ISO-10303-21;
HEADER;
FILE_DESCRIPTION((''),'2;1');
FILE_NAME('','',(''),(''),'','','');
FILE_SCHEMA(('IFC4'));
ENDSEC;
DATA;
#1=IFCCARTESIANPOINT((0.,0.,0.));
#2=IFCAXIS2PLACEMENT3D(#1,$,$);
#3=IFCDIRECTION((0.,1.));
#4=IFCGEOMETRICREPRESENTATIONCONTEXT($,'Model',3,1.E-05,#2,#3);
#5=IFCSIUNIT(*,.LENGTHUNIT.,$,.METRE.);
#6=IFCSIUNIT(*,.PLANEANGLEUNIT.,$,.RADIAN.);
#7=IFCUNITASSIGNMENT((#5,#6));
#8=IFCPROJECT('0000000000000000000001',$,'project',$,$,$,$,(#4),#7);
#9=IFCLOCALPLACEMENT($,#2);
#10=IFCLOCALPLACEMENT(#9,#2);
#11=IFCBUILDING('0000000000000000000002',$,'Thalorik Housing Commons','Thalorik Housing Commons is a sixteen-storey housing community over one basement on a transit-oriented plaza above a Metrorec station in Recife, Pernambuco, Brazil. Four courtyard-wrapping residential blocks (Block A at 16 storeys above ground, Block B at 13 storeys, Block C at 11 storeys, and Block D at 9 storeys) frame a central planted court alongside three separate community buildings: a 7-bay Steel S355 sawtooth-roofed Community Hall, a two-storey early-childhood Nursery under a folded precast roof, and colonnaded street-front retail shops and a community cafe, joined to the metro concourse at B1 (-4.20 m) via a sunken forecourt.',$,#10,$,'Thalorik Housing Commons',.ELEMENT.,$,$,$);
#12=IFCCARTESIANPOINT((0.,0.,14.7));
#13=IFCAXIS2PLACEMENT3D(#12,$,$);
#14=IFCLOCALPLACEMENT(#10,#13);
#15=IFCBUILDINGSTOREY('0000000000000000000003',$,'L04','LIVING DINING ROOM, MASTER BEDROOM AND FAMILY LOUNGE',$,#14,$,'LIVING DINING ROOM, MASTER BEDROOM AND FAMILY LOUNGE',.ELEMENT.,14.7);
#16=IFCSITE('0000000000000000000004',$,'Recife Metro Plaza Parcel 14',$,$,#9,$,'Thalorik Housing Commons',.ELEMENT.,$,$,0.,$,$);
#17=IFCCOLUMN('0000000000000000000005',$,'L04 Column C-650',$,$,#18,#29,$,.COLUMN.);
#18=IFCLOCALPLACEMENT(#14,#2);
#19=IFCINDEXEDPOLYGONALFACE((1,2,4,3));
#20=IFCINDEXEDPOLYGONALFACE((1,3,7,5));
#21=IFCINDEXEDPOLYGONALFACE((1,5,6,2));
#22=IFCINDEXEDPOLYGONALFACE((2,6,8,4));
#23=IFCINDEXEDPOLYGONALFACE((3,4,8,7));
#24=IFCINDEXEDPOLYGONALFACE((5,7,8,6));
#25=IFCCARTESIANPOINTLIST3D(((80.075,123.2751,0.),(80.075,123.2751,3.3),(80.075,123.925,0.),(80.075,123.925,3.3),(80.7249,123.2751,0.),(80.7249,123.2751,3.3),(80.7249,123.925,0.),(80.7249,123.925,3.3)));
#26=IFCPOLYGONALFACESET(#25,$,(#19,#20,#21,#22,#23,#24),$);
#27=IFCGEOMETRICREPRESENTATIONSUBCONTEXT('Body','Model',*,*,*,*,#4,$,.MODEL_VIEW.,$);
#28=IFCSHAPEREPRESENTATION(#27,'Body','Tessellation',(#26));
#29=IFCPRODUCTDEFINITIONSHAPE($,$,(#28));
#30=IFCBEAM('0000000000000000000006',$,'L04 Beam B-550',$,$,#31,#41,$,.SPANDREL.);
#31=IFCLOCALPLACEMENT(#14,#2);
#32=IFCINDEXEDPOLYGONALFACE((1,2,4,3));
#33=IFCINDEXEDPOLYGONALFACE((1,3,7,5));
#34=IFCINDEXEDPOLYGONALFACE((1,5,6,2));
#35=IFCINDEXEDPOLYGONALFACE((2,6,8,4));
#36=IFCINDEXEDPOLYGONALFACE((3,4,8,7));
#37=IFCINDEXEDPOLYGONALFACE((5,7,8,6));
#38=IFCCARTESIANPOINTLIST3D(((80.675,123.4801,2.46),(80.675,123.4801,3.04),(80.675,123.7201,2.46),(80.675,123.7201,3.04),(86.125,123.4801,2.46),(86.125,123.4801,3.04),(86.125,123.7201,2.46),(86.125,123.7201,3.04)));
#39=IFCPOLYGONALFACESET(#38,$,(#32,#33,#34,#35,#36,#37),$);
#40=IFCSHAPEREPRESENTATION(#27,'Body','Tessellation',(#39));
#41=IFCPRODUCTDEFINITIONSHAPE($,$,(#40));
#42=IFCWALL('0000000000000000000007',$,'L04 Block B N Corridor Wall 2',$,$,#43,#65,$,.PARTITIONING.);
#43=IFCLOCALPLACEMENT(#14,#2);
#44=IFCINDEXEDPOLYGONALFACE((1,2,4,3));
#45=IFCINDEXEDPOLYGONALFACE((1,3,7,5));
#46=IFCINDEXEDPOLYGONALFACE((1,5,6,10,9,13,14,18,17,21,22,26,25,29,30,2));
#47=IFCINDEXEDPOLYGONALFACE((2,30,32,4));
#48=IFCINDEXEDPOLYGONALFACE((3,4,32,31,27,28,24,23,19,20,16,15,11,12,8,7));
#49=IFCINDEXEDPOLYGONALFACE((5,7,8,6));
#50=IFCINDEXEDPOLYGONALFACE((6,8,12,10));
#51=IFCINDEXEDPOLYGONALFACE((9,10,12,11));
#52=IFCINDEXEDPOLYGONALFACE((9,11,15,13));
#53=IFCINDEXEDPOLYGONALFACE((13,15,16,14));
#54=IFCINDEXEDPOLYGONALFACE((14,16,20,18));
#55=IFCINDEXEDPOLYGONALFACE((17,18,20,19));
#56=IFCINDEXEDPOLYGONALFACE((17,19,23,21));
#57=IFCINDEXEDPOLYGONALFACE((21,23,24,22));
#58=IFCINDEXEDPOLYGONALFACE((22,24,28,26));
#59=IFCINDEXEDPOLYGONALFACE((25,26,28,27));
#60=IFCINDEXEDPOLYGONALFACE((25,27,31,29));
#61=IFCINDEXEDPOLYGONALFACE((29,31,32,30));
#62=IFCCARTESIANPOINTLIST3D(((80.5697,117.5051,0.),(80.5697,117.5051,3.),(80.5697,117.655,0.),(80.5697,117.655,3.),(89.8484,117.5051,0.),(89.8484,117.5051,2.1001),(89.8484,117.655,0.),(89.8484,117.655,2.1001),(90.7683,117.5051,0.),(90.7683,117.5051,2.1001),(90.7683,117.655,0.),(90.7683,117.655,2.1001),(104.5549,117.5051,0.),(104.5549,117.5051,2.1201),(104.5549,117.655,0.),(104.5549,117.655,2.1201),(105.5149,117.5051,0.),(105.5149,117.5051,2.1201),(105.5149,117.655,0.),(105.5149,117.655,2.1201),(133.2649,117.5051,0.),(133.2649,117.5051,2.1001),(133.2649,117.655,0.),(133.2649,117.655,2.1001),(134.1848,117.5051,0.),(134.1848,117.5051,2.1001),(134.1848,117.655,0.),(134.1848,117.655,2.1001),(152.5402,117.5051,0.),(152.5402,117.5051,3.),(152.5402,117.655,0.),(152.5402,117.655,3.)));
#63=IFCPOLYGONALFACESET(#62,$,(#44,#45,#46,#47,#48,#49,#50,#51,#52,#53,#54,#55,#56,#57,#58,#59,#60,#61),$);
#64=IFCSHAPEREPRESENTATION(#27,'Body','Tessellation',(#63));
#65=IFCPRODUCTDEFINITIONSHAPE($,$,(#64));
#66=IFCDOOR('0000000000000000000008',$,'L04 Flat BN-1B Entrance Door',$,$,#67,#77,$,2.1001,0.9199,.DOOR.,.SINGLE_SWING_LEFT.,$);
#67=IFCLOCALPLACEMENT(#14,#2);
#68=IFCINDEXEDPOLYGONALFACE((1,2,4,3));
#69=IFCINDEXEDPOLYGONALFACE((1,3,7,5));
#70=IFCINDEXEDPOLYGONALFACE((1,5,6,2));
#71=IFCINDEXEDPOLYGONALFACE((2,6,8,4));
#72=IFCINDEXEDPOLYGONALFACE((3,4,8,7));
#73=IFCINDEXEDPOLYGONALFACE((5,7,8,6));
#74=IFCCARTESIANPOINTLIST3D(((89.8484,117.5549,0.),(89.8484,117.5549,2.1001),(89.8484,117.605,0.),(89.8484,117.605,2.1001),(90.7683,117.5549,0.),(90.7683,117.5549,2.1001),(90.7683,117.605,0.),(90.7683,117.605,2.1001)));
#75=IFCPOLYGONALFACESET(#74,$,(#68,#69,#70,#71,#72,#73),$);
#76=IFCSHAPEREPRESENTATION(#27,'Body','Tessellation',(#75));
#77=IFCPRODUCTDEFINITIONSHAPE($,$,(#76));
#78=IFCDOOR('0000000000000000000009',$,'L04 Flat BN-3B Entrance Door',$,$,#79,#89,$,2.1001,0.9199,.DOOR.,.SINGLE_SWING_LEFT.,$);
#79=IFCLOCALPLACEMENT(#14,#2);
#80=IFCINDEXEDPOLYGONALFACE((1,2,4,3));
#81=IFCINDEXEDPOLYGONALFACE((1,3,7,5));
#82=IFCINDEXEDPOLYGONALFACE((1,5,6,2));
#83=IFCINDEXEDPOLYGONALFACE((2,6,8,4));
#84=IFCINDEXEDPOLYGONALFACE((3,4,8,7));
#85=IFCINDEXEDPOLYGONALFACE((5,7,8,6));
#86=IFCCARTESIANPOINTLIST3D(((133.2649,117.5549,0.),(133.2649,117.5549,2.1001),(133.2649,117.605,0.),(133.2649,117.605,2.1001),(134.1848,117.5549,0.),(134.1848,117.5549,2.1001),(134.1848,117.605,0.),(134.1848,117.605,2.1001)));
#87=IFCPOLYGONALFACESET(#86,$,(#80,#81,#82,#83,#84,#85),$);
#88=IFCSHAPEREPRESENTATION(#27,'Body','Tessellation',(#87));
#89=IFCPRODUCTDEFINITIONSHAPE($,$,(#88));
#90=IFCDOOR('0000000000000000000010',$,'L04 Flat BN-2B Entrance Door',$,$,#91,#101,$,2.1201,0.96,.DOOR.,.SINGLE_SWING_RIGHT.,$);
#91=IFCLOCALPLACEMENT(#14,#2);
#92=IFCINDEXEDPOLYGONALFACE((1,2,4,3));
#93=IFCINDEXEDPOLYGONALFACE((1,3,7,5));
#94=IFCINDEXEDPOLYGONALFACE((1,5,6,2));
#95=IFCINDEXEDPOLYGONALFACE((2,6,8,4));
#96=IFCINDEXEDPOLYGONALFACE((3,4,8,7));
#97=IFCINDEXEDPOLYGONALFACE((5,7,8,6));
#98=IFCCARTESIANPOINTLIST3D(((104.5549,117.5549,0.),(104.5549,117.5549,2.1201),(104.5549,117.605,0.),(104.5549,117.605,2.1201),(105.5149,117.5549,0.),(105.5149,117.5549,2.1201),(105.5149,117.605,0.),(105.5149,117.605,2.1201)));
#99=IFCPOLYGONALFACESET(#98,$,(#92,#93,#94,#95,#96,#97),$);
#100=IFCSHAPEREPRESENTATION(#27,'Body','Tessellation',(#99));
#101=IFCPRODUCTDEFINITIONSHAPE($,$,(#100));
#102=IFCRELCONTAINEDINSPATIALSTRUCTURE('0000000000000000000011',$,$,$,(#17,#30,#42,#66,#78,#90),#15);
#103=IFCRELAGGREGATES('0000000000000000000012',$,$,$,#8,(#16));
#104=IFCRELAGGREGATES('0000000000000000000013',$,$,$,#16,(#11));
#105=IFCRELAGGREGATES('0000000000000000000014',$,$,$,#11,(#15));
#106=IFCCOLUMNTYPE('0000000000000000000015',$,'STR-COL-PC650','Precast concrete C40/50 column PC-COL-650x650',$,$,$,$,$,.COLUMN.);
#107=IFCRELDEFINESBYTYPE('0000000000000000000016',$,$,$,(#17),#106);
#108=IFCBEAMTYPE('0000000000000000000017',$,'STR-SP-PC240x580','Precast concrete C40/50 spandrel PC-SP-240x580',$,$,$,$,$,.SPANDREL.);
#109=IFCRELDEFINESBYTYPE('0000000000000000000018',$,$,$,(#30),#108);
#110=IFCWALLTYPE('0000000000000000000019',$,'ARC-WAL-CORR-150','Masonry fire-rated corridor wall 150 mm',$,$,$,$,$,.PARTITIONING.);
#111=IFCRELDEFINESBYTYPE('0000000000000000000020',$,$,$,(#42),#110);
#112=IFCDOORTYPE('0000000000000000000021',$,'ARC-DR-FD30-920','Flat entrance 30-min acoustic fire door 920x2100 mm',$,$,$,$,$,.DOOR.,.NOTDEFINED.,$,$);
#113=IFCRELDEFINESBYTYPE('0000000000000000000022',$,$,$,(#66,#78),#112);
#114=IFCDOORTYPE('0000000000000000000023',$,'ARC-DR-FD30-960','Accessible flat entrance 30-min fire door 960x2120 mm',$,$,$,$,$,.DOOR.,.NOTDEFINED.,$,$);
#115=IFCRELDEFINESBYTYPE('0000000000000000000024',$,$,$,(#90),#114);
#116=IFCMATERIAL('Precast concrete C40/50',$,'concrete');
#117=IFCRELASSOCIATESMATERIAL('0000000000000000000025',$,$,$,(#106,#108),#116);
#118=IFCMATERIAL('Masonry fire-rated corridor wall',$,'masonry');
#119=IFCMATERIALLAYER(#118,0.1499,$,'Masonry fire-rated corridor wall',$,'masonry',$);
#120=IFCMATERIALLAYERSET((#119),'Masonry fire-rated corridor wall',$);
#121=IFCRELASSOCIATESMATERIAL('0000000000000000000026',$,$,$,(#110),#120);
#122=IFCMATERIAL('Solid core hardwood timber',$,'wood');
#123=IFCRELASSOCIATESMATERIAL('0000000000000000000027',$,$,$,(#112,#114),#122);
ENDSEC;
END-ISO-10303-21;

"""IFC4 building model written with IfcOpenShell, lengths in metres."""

from ifc_helpers import new_model, si_unit, direction, frame, frame_2d, origin, origin_2d, place, context, subcontext, project, spatial, rectangle, extrude, material, layer, layer_set, material_profile, profile_set, type_object, element, fill, save


model = new_model("IFC4")

# Units and contexts
model_context = context("Model", 3, precision=1e-05, world=origin(), true_north=direction((0.0, 1.0)))
body_context = subcontext(model_context, "Body", "Model", "MODEL_VIEW")
ifc_project = project(units=[si_unit("LENGTHUNIT", "METRE"), si_unit("PLANEANGLEUNIT", "RADIAN")], contexts=[model_context])

# Site, building, storey
site_placement = place(None, origin())
site = spatial("IfcSite", under=ifc_project, at=site_placement, Name="Recife Metro Plaza Parcel 14", LongName="Thalorik Housing Commons", CompositionType="ELEMENT", RefElevation=0.0)
building_placement = place(site_placement, origin())
building = spatial("IfcBuilding", under=site, at=building_placement, Name="Thalorik Housing Commons", Description="Thalorik Housing Commons is a sixteen-storey housing community over one basement on a transit-oriented plaza above a Metrorec station in Recife, Pernambuco, Brazil. Four courtyard-wrapping residential blocks (Block A at 16 storeys above ground, Block B at 13 storeys, Block C at 11 storeys, and Block D at 9 storeys) frame a central planted court alongside three separate community buildings: a 7-bay Steel S355 sawtooth-roofed Community Hall, a two-storey early-childhood Nursery under a folded precast roof, and colonnaded street-front retail shops and a community cafe, joined to the metro concourse at B1 (-4.20 m) via a sunken forecourt.", LongName="Thalorik Housing Commons", CompositionType="ELEMENT")
storey_placement = place(building_placement, frame((0.0, 0.0, 14.7)))
storey = spatial("IfcBuildingStorey", under=building, at=storey_placement, Name="L04", Description="LIVING DINING ROOM, MASTER BEDROOM AND FAMILY LOUNGE", LongName="LIVING DINING ROOM, MASTER BEDROOM AND FAMILY LOUNGE", CompositionType="ELEMENT", Elevation=14.7)

# Column
ifc_material_1 = material(Name="Precast concrete C40/50", Category="concrete")
ifc_material_profile_1 = material_profile(ifc_material_1, rectangle(XDim=0.6499, YDim=0.6499, at=origin_2d()), Name="PC 650x650", Category="concrete")
ifc_profile_set_1 = profile_set([ifc_material_profile_1], Name="Precast concrete C40/50")
column_type = type_object("IfcColumnType", Name="STR-COL-PC650", Description="Precast concrete C40/50 column PC-COL-650x650", PredefinedType="COLUMN", material=ifc_profile_set_1)
column_placement = place(storey_placement, frame((80.3999, 123.6001, 0.0), z_axis=(0.0, 0.0, 1.0), x_axis=(1.0, 0.0, 0.0)))
element("IfcColumn", 1, at=column_placement, inside=storey, type_object=column_type, Name="L04 Column C-650", PredefinedType="COLUMN", context=body_context, shape_type="SweptSolid", body=[
    extrude(rectangle(XDim=0.6499, YDim=0.6499, at=origin_2d()), origin(), (0.0, 0.0, 1.0), 3.3),
])

# Beam
ifc_material_profile_2 = material_profile(ifc_material_1, rectangle(XDim=0.24, YDim=0.5801, at=origin_2d()), Name="PC SP 240x580", Category="concrete")
ifc_profile_set_2 = profile_set([ifc_material_profile_2], Name="Precast concrete C40/50")
beam_type = type_object("IfcBeamType", Name="STR-SP-PC240x580", Description="Precast concrete C40/50 spandrel PC-SP-240x580", PredefinedType="SPANDREL", material=ifc_profile_set_2)
beam_placement = place(storey_placement, frame((80.675, 123.6001, 2.75), z_axis=(1.0, 0.0, 0.0), x_axis=(0.0, 1.0, 0.0)))
element("IfcBeam", 2, at=beam_placement, inside=storey, type_object=beam_type, Name="L04 Beam B-550", PredefinedType="SPANDREL", context=body_context, shape_type="SweptSolid", body=[
    extrude(rectangle(XDim=0.24, YDim=0.5801, at=origin_2d()), origin(), (0.0, 0.0, 1.0), 5.45),
])

# Wall, openings, doors
ifc_material_2 = material(Name="Masonry fire-rated corridor wall", Category="masonry")
ifc_layer_1 = layer(ifc_material_2, 0.1499, Name="Masonry fire-rated corridor wall", Category="masonry")
ifc_layer_set_1 = layer_set([ifc_layer_1], Name="Masonry fire-rated corridor wall")
wall_type_1 = type_object("IfcWallType", Name="ARC-WAL-CORR-150", Description="Masonry fire-rated corridor wall 150 mm", PredefinedType="PARTITIONING", material=ifc_layer_set_1)
wall_1_placement = place(storey_placement, frame((80.5696, 117.5801, 0.0), z_axis=(0.0, 0.0, 1.0), x_axis=(1.0, 0.0, 0.0)))
wall_1 = element("IfcWall", 3, at=wall_1_placement, inside=storey, type_object=wall_type_1, Name="L04 Block B N Corridor Wall 2", PredefinedType="PARTITIONING", context=body_context, shape_type="SweptSolid", body=[
    extrude(rectangle(XDim=71.9705, YDim=0.1499, at=frame_2d((35.9854, 0.0))), origin(), (0.0, 0.0, 1.0), 3.0),
])
opening_1_placement = place(wall_1_placement, frame((9.2788, 0.0, 0.0)))
opening_1 = element("IfcOpeningElement", 4, at=opening_1_placement, cuts=wall_1, PredefinedType="OPENING", context=body_context, shape_type="SweptSolid", body=[
    extrude(rectangle(XDim=0.9199, YDim=2.1001, at=frame_2d((0.46, 1.05))), frame((0.0, 0.085, 0.0), z_axis=(0.0, -1.0, 0.0), x_axis=(1.0, 0.0, 0.0)), (0.0, 0.0, 1.0), 0.1699),
])
opening_2_placement = place(wall_1_placement, frame((23.9854, 0.0, 0.0)))
opening_2 = element("IfcOpeningElement", 5, at=opening_2_placement, cuts=wall_1, PredefinedType="OPENING", context=body_context, shape_type="SweptSolid", body=[
    extrude(rectangle(XDim=0.96, YDim=2.1201, at=frame_2d((0.48, 1.0601))), frame((0.0, 0.085, 0.0), z_axis=(0.0, -1.0, 0.0), x_axis=(1.0, 0.0, 0.0)), (0.0, 0.0, 1.0), 0.1699),
])
opening_3_placement = place(wall_1_placement, frame((52.6953, 0.0, 0.0)))
opening_3 = element("IfcOpeningElement", 6, at=opening_3_placement, cuts=wall_1, PredefinedType="OPENING", context=body_context, shape_type="SweptSolid", body=[
    extrude(rectangle(XDim=0.9199, YDim=2.1001, at=frame_2d((0.46, 1.05))), frame((0.0, 0.085, 0.0), z_axis=(0.0, -1.0, 0.0), x_axis=(1.0, 0.0, 0.0)), (0.0, 0.0, 1.0), 0.1699),
])
ifc_material_3 = material(Name="Solid core hardwood timber", Category="wood")
door_type_1 = type_object("IfcDoorType", Name="ARC-DR-FD30-920", Description="Flat entrance 30-min acoustic fire door 920x2100 mm", OperationType="NOTDEFINED", PredefinedType="DOOR", material=ifc_material_3)
door_1_placement = place(opening_1_placement, origin())
door_1 = element("IfcDoor", 7, at=door_1_placement, inside=storey, type_object=door_type_1, Name="L04 Flat BN-1B Entrance Door", OperationType="SINGLE_SWING_LEFT", OverallHeight=2.1001, OverallWidth=0.9199, PredefinedType="DOOR", context=body_context, shape_type="SweptSolid", body=[
    extrude(rectangle(XDim=0.9199, YDim=2.1001, at=frame_2d((0.46, 1.05))), frame((0.0, 0.0249, 0.0), z_axis=(0.0, -1.0, 0.0), x_axis=(1.0, 0.0, 0.0)), (0.0, 0.0, 1.0), 0.05),
])
fill(opening_1, door_1)
door_2_placement = place(opening_3_placement, origin())
door_2 = element("IfcDoor", 8, at=door_2_placement, inside=storey, type_object=door_type_1, Name="L04 Flat BN-3B Entrance Door", OperationType="SINGLE_SWING_LEFT", OverallHeight=2.1001, OverallWidth=0.9199, PredefinedType="DOOR", context=body_context, shape_type="SweptSolid", body=[
    extrude(rectangle(XDim=0.9199, YDim=2.1001, at=frame_2d((0.46, 1.05))), frame((0.0, 0.0249, 0.0), z_axis=(0.0, -1.0, 0.0), x_axis=(1.0, 0.0, 0.0)), (0.0, 0.0, 1.0), 0.05),
])
fill(opening_3, door_2)
door_type_2 = type_object("IfcDoorType", Name="ARC-DR-FD30-960", Description="Accessible flat entrance 30-min fire door 960x2120 mm", OperationType="NOTDEFINED", PredefinedType="DOOR", material=ifc_material_3)
door_3_placement = place(opening_2_placement, origin())
door_3 = element("IfcDoor", 9, at=door_3_placement, inside=storey, type_object=door_type_2, Name="L04 Flat BN-2B Entrance Door", OperationType="SINGLE_SWING_RIGHT", OverallHeight=2.1201, OverallWidth=0.96, PredefinedType="DOOR", context=body_context, shape_type="SweptSolid", body=[
    extrude(rectangle(XDim=0.96, YDim=2.1201, at=frame_2d((0.48, 1.0601))), frame((0.0, 0.0249, 0.0), z_axis=(0.0, -1.0, 0.0), x_axis=(1.0, 0.0, 0.0)), (0.0, 0.0, 1.0), 0.05),
])
fill(opening_2, door_3)

save(model, "model.ifc")
